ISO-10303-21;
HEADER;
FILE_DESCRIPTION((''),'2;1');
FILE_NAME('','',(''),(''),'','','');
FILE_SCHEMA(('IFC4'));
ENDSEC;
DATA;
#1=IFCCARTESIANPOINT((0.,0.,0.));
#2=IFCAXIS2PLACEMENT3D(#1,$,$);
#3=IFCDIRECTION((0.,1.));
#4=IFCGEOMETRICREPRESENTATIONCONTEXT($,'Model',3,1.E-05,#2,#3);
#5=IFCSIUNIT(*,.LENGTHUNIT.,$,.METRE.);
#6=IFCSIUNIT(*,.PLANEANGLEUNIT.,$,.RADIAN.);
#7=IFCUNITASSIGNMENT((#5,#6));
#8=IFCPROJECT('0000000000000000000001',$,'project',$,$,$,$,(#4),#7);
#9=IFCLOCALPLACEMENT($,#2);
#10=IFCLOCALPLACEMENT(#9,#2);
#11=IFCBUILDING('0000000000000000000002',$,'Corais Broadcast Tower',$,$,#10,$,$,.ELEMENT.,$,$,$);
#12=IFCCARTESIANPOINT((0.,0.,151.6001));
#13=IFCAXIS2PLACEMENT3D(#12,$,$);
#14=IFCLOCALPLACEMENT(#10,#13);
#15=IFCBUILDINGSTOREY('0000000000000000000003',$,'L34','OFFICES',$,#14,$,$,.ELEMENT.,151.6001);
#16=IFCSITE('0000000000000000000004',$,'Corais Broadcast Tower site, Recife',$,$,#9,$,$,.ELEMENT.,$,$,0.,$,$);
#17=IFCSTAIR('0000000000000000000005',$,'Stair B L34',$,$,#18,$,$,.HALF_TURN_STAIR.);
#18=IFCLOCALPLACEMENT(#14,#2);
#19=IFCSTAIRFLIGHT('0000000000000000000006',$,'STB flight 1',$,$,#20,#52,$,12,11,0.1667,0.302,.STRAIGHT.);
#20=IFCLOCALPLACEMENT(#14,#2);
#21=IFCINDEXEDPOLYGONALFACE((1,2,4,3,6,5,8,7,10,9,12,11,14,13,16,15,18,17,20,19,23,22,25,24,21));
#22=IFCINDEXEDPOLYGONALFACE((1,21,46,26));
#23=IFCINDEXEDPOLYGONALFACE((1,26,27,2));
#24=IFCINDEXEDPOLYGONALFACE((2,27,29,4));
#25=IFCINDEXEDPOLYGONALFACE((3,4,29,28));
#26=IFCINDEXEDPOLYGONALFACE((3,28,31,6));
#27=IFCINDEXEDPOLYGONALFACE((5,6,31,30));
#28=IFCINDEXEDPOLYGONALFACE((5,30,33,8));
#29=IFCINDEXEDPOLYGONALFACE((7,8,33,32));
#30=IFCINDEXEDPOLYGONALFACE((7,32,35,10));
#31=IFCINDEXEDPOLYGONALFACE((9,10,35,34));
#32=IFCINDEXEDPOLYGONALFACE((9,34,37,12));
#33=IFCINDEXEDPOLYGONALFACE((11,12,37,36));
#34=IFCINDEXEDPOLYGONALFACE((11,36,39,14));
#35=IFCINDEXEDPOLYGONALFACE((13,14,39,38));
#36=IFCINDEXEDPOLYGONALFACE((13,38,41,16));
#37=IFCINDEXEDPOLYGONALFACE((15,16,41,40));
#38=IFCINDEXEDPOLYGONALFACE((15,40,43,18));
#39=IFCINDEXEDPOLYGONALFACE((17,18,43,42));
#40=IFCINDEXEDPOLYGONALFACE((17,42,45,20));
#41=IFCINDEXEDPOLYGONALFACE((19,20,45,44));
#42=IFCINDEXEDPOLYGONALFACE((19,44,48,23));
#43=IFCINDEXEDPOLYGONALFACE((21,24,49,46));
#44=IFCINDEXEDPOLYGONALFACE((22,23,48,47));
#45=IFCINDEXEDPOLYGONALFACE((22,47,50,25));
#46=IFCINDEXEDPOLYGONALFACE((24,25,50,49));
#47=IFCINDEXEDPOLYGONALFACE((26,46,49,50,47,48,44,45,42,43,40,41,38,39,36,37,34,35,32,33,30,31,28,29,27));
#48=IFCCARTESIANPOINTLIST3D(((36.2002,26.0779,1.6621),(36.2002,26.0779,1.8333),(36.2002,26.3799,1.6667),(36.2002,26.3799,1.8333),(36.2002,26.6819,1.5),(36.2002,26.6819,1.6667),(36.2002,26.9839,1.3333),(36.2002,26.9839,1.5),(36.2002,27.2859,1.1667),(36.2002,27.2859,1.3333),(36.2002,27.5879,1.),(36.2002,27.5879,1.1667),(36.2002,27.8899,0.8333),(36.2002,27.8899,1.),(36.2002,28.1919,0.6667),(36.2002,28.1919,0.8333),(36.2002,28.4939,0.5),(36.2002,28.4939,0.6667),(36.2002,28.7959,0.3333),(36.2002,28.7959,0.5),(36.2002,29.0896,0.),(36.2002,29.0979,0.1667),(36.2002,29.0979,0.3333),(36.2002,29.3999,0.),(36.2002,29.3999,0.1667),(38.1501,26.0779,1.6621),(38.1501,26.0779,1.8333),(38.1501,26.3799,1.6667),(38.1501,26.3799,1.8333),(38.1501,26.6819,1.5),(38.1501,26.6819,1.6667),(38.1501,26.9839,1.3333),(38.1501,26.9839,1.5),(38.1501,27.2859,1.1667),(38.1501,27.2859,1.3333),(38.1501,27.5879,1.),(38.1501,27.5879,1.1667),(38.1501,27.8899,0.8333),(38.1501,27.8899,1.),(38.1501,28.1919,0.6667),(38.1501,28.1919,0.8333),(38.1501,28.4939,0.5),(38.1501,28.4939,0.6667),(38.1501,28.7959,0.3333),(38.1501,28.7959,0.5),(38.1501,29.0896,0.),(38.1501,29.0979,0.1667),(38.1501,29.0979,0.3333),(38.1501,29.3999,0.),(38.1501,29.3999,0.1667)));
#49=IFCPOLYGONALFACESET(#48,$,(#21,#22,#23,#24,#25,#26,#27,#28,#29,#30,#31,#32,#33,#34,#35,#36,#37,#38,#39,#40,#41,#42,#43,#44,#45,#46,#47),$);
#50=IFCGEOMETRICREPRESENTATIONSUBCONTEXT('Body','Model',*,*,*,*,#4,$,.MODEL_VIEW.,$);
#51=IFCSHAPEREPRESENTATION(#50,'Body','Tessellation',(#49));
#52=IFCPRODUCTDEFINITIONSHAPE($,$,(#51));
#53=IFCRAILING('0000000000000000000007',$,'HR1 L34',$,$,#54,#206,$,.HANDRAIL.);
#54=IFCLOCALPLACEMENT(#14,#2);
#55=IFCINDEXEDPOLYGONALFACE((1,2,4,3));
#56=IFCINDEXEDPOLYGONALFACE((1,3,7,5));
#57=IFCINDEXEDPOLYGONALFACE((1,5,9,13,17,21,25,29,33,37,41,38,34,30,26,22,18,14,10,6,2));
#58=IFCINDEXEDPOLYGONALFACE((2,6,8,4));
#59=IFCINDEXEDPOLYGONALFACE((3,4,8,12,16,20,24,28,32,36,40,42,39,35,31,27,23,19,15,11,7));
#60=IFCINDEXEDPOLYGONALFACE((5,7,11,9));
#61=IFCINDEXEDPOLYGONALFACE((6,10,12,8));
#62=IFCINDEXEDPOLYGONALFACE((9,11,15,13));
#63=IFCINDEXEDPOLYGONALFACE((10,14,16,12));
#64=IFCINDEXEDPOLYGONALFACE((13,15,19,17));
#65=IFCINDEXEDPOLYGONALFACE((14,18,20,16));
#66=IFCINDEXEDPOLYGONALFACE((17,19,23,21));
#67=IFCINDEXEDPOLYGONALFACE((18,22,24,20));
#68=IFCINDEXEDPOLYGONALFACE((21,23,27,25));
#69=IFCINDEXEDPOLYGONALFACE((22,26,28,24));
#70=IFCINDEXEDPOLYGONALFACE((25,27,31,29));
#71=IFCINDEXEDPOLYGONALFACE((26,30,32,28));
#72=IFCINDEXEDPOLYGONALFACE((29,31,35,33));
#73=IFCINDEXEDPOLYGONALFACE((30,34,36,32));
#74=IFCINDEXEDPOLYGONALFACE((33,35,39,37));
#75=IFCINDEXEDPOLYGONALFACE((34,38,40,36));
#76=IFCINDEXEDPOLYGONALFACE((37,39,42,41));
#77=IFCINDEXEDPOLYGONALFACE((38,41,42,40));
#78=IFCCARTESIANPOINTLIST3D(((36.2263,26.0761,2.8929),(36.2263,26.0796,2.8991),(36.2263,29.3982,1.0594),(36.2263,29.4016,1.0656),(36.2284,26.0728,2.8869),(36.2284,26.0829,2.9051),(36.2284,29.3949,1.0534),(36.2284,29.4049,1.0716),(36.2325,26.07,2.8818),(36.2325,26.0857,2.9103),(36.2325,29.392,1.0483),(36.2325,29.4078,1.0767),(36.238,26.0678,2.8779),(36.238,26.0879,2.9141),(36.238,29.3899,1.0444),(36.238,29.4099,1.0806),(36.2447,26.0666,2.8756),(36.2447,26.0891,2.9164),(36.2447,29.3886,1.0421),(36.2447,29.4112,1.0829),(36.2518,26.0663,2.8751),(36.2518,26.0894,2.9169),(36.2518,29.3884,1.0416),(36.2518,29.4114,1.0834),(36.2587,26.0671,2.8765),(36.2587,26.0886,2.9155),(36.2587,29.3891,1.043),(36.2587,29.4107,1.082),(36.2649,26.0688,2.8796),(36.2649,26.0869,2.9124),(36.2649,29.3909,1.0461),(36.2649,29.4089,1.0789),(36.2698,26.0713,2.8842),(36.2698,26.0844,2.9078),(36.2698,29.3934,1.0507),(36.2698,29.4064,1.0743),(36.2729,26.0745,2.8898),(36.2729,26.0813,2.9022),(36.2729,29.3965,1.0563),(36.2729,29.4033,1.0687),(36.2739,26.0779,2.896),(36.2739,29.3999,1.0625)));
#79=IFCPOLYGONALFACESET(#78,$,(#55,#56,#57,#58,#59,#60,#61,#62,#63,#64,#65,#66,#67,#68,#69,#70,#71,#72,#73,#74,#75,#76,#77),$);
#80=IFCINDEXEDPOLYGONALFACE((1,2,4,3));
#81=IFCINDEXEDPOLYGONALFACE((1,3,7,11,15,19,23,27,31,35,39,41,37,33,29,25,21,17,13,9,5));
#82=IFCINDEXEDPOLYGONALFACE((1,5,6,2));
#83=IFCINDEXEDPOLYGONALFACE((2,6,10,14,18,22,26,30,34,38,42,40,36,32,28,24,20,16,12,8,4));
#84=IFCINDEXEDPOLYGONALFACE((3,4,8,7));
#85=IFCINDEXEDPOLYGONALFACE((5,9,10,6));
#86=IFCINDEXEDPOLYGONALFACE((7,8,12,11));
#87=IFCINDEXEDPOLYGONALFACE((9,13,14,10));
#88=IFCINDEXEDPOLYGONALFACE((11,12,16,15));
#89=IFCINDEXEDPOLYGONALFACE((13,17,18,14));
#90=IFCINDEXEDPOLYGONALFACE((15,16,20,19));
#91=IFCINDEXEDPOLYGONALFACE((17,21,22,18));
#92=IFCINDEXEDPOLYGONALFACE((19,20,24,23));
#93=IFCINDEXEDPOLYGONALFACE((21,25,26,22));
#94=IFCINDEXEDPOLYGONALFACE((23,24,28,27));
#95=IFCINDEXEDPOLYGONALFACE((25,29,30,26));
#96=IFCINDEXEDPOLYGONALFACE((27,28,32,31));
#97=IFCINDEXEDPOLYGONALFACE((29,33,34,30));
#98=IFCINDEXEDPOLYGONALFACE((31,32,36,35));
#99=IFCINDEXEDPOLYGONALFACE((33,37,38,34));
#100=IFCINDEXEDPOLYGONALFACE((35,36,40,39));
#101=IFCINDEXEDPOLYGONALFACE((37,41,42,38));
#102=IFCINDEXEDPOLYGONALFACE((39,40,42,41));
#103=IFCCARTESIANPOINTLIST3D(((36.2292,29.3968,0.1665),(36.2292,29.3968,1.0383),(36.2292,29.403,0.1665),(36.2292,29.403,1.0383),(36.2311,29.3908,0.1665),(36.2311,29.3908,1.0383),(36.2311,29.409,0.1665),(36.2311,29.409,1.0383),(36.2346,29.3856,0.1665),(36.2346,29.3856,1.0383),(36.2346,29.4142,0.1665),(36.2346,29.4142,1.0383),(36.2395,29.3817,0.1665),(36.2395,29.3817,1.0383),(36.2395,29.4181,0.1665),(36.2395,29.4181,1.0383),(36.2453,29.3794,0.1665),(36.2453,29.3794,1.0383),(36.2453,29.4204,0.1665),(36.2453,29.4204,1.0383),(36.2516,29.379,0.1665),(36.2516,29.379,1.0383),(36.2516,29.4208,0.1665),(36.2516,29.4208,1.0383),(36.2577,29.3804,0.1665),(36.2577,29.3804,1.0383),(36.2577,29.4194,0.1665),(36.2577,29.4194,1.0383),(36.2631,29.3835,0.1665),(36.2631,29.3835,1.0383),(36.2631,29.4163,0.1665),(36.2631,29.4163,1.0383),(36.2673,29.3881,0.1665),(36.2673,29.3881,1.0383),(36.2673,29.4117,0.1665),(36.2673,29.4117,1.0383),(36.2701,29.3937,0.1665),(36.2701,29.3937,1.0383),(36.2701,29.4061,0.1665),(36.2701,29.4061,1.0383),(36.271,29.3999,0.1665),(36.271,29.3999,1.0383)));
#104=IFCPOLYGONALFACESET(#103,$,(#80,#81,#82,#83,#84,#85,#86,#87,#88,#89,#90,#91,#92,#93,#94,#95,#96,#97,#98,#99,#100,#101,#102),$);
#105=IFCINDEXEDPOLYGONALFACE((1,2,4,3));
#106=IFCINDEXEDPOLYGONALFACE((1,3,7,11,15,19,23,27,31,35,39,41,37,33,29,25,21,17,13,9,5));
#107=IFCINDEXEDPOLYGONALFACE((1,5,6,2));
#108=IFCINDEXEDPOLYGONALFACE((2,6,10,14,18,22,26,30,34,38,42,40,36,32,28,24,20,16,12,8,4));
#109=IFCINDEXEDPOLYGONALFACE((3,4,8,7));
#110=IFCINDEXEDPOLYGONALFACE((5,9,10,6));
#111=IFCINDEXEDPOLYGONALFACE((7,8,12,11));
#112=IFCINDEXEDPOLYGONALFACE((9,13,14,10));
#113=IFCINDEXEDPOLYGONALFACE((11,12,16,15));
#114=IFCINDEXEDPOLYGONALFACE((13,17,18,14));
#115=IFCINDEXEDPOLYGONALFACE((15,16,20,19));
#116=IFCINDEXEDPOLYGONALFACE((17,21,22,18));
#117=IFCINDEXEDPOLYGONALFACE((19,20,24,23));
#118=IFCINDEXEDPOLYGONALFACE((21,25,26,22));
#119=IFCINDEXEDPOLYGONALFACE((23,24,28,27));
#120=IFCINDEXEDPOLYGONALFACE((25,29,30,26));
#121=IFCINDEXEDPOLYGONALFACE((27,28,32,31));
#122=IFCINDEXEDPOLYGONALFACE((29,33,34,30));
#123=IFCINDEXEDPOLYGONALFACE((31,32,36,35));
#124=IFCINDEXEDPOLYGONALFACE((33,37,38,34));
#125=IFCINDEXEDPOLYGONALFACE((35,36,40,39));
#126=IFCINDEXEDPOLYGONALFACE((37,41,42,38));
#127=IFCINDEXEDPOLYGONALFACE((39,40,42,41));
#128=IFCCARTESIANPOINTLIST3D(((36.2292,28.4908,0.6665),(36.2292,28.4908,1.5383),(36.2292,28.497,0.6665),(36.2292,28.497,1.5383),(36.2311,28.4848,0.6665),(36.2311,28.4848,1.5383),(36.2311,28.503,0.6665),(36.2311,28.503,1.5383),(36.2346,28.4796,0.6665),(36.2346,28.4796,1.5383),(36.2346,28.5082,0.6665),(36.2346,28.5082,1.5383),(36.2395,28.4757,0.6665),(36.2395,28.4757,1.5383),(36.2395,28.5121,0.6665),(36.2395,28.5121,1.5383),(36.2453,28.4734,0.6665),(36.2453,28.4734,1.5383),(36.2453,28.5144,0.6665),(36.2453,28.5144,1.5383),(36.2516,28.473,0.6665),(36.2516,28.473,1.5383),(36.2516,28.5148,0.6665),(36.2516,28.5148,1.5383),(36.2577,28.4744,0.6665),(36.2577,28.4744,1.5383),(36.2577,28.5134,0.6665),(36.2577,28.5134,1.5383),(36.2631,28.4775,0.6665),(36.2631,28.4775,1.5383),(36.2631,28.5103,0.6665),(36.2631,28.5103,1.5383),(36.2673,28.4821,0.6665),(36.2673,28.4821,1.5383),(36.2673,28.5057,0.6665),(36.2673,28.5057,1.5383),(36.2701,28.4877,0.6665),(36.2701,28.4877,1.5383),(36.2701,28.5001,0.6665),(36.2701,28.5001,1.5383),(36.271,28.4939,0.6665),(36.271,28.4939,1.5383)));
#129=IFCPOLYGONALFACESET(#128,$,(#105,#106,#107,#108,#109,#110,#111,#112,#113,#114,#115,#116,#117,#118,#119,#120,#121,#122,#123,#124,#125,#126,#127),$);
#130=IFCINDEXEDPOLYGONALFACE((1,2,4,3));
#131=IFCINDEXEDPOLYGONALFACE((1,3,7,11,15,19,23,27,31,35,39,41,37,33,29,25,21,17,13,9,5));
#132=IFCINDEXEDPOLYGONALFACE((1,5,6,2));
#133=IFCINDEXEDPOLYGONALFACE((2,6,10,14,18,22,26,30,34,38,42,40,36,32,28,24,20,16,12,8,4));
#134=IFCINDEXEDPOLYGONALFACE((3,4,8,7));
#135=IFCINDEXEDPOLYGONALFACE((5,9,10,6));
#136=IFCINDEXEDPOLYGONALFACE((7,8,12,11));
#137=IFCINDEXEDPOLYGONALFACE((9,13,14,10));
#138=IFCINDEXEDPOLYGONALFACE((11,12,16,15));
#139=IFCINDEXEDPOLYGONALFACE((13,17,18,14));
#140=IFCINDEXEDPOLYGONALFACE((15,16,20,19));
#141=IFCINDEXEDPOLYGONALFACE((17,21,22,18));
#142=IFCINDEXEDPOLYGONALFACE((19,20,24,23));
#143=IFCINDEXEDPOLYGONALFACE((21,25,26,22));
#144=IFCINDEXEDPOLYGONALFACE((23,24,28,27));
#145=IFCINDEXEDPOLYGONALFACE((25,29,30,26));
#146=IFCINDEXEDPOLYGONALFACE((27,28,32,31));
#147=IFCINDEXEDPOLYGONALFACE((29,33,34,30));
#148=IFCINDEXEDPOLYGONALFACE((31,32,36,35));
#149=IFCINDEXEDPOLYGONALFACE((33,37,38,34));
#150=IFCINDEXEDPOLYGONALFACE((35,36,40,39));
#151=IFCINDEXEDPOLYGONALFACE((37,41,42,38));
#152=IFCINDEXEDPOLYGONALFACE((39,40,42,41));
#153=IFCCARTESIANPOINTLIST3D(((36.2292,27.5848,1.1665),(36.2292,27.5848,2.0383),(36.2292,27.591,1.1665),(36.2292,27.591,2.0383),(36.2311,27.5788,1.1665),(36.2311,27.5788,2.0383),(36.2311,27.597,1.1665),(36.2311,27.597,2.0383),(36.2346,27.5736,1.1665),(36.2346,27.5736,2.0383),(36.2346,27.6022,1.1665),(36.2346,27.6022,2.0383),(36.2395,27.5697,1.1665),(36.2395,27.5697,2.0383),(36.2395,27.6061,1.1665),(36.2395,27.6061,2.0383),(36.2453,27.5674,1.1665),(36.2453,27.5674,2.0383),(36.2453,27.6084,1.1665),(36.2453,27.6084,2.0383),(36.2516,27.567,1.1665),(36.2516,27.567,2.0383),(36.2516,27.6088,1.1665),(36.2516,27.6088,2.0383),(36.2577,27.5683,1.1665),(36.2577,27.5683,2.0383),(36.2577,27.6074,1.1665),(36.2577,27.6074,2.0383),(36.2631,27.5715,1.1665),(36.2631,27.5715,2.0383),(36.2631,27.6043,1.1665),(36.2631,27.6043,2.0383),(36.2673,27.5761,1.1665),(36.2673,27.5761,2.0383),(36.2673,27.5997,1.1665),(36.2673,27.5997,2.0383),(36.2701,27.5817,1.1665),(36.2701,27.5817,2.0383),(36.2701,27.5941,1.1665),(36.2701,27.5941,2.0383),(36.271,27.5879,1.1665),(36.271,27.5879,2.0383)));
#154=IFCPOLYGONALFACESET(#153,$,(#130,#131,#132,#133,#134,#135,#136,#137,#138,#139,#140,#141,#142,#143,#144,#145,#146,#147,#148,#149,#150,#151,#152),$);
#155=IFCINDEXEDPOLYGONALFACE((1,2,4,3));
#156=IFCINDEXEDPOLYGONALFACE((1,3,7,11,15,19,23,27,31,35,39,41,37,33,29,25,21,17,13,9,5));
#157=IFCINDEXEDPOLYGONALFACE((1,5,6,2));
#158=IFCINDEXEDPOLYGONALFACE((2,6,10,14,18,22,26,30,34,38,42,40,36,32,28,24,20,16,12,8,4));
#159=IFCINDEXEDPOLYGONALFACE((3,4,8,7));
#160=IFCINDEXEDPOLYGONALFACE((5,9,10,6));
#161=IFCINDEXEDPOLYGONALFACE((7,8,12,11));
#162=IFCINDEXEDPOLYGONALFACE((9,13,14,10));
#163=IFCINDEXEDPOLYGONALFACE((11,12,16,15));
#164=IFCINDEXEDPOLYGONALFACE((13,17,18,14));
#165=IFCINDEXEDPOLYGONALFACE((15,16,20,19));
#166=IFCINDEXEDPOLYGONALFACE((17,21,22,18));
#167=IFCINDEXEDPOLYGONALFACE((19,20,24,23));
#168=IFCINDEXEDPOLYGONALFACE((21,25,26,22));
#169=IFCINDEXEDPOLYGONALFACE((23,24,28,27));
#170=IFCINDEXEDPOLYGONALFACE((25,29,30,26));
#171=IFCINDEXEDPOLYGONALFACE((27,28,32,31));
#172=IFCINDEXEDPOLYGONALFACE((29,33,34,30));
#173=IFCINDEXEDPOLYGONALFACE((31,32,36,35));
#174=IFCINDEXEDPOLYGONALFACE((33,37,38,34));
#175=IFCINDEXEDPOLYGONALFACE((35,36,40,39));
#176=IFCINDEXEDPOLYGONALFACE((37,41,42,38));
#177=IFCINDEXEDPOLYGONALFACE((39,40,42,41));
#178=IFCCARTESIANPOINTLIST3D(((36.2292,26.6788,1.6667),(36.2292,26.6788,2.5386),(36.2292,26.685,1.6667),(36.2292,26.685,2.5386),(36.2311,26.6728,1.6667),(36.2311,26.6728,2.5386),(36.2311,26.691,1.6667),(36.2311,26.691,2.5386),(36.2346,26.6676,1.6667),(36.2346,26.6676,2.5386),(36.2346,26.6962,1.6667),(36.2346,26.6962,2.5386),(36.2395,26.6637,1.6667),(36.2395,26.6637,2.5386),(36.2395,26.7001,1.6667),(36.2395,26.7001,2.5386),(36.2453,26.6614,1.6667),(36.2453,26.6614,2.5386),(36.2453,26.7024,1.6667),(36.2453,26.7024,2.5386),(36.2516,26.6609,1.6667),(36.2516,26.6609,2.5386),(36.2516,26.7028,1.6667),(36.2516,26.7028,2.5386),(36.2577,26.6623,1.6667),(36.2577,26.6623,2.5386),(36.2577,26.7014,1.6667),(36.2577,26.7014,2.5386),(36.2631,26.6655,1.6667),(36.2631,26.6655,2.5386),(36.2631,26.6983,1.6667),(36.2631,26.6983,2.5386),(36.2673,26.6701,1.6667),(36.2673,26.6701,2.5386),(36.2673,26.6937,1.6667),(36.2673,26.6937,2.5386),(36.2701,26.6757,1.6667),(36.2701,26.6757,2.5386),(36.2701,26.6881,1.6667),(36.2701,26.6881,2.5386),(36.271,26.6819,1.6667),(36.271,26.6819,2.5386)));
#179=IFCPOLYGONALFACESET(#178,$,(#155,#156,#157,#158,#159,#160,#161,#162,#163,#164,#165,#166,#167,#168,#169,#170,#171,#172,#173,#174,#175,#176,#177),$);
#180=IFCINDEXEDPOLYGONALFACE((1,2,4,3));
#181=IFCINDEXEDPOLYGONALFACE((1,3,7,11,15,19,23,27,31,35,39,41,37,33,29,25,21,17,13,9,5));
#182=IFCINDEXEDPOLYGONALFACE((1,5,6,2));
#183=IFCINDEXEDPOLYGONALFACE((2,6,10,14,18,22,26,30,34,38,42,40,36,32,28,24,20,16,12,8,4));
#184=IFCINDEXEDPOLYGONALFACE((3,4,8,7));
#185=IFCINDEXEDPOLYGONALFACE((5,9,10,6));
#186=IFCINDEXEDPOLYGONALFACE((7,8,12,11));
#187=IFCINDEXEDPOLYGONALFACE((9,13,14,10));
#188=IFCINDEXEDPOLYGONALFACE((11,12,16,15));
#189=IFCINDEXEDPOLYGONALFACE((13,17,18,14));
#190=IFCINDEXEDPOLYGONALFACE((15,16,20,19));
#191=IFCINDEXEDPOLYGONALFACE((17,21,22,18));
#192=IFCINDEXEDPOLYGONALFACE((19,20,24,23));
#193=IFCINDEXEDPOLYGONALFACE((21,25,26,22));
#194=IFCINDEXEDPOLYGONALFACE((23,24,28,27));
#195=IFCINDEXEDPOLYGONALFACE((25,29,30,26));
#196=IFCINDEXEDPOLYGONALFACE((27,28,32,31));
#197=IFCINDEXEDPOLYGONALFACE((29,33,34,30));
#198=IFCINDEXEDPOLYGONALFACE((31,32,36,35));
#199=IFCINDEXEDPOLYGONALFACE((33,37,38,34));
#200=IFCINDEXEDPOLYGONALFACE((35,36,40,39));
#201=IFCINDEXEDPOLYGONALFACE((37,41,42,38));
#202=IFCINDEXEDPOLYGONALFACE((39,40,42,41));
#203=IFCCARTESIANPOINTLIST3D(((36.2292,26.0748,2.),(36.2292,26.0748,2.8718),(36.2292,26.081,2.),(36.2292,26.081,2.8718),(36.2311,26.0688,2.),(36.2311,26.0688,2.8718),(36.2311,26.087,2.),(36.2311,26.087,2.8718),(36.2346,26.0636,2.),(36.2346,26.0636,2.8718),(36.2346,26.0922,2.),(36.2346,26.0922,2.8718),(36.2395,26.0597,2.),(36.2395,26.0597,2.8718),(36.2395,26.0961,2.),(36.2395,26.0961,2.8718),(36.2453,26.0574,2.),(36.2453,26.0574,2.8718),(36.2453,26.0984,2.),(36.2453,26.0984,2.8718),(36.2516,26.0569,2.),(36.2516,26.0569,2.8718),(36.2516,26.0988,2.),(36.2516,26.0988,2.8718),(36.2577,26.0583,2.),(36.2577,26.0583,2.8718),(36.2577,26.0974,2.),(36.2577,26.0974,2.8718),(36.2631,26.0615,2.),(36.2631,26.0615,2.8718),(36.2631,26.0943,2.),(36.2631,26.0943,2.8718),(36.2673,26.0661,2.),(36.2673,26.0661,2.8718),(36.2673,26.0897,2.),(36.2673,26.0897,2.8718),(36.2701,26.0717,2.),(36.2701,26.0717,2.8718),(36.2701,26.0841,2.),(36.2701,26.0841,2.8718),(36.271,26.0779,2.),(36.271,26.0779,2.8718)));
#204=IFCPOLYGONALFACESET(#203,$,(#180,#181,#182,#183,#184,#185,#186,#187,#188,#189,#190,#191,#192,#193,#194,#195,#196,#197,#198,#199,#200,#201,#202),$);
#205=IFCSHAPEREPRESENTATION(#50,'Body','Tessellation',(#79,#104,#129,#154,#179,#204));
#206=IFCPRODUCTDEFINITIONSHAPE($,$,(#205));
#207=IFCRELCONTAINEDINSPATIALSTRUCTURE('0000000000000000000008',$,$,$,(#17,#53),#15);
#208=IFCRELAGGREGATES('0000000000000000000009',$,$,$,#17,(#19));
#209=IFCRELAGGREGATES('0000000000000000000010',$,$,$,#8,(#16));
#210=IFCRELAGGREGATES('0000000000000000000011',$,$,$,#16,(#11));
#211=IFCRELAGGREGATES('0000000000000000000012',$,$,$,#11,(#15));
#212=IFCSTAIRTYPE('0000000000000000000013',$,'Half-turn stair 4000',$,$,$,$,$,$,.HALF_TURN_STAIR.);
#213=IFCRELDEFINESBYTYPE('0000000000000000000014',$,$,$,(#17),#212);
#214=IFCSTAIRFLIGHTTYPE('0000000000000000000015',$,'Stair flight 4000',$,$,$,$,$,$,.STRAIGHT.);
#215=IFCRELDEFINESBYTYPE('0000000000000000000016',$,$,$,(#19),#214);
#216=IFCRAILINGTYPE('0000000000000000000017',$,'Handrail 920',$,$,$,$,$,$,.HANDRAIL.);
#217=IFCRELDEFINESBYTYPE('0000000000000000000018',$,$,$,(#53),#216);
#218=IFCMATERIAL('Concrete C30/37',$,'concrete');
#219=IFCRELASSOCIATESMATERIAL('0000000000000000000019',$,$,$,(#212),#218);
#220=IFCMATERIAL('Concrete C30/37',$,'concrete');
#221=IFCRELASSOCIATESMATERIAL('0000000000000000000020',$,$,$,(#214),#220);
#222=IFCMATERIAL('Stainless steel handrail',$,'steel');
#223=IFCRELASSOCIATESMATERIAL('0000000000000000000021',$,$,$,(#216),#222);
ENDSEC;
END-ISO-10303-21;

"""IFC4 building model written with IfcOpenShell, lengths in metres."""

from ifc_helpers import new_model, si_unit, direction, frame, origin, origin_2d, place, context, subcontext, project, spatial, polyline, circle, outline, extrude, material, type_object, element, aggregate, save


model = new_model("IFC4")

# Units and contexts
model_context = context("Model", 3, precision=1e-05, world=origin(), true_north=direction((0.0, 1.0)))
body_context = subcontext(model_context, "Body", "Model", "MODEL_VIEW")
ifc_project = project(units=[si_unit("LENGTHUNIT", "METRE"), si_unit("PLANEANGLEUNIT", "RADIAN")], contexts=[model_context])

# Site, building, storey
site_placement = place(None, origin())
site = spatial("IfcSite", under=ifc_project, at=site_placement, Name="Corais Broadcast Tower site, Recife", CompositionType="ELEMENT", RefElevation=0.0)
building_placement = place(site_placement, origin())
building = spatial("IfcBuilding", under=site, at=building_placement, Name="Corais Broadcast Tower", CompositionType="ELEMENT")
storey_placement = place(building_placement, frame((0.0, 0.0, 151.6001)))
storey = spatial("IfcBuildingStorey", under=building, at=storey_placement, Name="L34", Description="OFFICES", CompositionType="ELEMENT", Elevation=151.6001)

# Stair, stair flight
ifc_material_1 = material(Name="Concrete C30/37", Category="concrete")
stair_type = type_object("IfcStairType", Name="Half-turn stair 4000", PredefinedType="HALF_TURN_STAIR", material=ifc_material_1)
stair_placement = place(storey_placement, origin())
stair = element("IfcStair", 1, at=stair_placement, inside=storey, type_object=stair_type, Name="Stair B L34", PredefinedType="HALF_TURN_STAIR")
ifc_material_2 = material(Name="Concrete C30/37", Category="concrete")
stair_flight_type = type_object("IfcStairFlightType", Name="Stair flight 4000", PredefinedType="STRAIGHT", material=ifc_material_2)
stair_flight_placement = place(storey_placement, frame((37.175, 29.3999, 0.0), z_axis=(0.0, 0.0, 1.0), x_axis=(0.0, -1.0, 0.0)))
stair_flight = element("IfcStairFlight", 2, at=stair_flight_placement, type_object=stair_flight_type, Name="STB flight 1", NumberOfRisers=12, NumberOfTreads=11, PredefinedType="STRAIGHT", RiserHeight=0.1667, TreadLength=0.302, context=body_context, shape_type="SweptSolid", body=[
    extrude(outline(polyline([(0.0, 0.0), (0.0, 0.1667), (0.302, 0.1667), (0.302, 0.3333), (0.604, 0.3333), (0.604, 0.5), (0.906, 0.5), (0.906, 0.6667), (1.208, 0.6667), (1.208, 0.8333), (1.51, 0.8333), (1.51, 1.0), (1.812, 1.0), (1.812, 1.1667), (2.114, 1.1667), (2.114, 1.3333), (2.416, 1.3333), (2.416, 1.5), (2.718, 1.5), (2.718, 1.6667), (3.02, 1.6667), (3.02, 1.8333), (3.322, 1.8333), (3.322, 2.0), (3.322, 1.6621), (0.3103, 0.0), (0.0, 0.0)])), frame((0.0, 0.9751, 0.0), z_axis=(0.0, -1.0, 0.0), x_axis=(1.0, 0.0, 0.0)), (0.0, 0.0, 1.0), 1.95),
])
aggregate(stair, [stair_flight])

# Railing
ifc_material_3 = material(Name="Stainless steel handrail", Category="steel")
railing_type = type_object("IfcRailingType", Name="Handrail 920", PredefinedType="HANDRAIL", material=ifc_material_3)
for number, where, name in (
    (3, (36.25, 29.3999, 0.1665), "HR1 L34"),
):
    element("IfcRailing", number, at=place(storey_placement, frame(where)), inside=storey, type_object=railing_type, Name=name, PredefinedType="HANDRAIL", context=body_context, shape_type="SweptSolid", body=[
        extrude(circle(Radius=0.0239, at=origin_2d()), frame((0.0, 0.0, 0.896), z_axis=(0.0, -0.875504, 0.48321), x_axis=(1.0, 0.0, 0.0)), (0.0, 0.0, 1.0), 3.7944),
        extrude(circle(Radius=0.021, at=origin_2d()), origin(), (0.0, 0.0, 1.0), 0.8718),
        extrude(circle(Radius=0.021, at=origin_2d()), frame((0.0, -0.906, 0.5)), (0.0, 0.0, 1.0), 0.8718),
        extrude(circle(Radius=0.021, at=origin_2d()), frame((0.0, -1.812, 1.0)), (0.0, 0.0, 1.0), 0.8718),
        extrude(circle(Radius=0.021, at=origin_2d()), frame((0.0, -2.718, 1.5002)), (0.0, 0.0, 1.0), 0.8718),
        extrude(circle(Radius=0.021, at=origin_2d()), frame((0.0, -3.322, 1.8335)), (0.0, 0.0, 1.0), 0.8718),
    ])

save(model, "model.ifc")
